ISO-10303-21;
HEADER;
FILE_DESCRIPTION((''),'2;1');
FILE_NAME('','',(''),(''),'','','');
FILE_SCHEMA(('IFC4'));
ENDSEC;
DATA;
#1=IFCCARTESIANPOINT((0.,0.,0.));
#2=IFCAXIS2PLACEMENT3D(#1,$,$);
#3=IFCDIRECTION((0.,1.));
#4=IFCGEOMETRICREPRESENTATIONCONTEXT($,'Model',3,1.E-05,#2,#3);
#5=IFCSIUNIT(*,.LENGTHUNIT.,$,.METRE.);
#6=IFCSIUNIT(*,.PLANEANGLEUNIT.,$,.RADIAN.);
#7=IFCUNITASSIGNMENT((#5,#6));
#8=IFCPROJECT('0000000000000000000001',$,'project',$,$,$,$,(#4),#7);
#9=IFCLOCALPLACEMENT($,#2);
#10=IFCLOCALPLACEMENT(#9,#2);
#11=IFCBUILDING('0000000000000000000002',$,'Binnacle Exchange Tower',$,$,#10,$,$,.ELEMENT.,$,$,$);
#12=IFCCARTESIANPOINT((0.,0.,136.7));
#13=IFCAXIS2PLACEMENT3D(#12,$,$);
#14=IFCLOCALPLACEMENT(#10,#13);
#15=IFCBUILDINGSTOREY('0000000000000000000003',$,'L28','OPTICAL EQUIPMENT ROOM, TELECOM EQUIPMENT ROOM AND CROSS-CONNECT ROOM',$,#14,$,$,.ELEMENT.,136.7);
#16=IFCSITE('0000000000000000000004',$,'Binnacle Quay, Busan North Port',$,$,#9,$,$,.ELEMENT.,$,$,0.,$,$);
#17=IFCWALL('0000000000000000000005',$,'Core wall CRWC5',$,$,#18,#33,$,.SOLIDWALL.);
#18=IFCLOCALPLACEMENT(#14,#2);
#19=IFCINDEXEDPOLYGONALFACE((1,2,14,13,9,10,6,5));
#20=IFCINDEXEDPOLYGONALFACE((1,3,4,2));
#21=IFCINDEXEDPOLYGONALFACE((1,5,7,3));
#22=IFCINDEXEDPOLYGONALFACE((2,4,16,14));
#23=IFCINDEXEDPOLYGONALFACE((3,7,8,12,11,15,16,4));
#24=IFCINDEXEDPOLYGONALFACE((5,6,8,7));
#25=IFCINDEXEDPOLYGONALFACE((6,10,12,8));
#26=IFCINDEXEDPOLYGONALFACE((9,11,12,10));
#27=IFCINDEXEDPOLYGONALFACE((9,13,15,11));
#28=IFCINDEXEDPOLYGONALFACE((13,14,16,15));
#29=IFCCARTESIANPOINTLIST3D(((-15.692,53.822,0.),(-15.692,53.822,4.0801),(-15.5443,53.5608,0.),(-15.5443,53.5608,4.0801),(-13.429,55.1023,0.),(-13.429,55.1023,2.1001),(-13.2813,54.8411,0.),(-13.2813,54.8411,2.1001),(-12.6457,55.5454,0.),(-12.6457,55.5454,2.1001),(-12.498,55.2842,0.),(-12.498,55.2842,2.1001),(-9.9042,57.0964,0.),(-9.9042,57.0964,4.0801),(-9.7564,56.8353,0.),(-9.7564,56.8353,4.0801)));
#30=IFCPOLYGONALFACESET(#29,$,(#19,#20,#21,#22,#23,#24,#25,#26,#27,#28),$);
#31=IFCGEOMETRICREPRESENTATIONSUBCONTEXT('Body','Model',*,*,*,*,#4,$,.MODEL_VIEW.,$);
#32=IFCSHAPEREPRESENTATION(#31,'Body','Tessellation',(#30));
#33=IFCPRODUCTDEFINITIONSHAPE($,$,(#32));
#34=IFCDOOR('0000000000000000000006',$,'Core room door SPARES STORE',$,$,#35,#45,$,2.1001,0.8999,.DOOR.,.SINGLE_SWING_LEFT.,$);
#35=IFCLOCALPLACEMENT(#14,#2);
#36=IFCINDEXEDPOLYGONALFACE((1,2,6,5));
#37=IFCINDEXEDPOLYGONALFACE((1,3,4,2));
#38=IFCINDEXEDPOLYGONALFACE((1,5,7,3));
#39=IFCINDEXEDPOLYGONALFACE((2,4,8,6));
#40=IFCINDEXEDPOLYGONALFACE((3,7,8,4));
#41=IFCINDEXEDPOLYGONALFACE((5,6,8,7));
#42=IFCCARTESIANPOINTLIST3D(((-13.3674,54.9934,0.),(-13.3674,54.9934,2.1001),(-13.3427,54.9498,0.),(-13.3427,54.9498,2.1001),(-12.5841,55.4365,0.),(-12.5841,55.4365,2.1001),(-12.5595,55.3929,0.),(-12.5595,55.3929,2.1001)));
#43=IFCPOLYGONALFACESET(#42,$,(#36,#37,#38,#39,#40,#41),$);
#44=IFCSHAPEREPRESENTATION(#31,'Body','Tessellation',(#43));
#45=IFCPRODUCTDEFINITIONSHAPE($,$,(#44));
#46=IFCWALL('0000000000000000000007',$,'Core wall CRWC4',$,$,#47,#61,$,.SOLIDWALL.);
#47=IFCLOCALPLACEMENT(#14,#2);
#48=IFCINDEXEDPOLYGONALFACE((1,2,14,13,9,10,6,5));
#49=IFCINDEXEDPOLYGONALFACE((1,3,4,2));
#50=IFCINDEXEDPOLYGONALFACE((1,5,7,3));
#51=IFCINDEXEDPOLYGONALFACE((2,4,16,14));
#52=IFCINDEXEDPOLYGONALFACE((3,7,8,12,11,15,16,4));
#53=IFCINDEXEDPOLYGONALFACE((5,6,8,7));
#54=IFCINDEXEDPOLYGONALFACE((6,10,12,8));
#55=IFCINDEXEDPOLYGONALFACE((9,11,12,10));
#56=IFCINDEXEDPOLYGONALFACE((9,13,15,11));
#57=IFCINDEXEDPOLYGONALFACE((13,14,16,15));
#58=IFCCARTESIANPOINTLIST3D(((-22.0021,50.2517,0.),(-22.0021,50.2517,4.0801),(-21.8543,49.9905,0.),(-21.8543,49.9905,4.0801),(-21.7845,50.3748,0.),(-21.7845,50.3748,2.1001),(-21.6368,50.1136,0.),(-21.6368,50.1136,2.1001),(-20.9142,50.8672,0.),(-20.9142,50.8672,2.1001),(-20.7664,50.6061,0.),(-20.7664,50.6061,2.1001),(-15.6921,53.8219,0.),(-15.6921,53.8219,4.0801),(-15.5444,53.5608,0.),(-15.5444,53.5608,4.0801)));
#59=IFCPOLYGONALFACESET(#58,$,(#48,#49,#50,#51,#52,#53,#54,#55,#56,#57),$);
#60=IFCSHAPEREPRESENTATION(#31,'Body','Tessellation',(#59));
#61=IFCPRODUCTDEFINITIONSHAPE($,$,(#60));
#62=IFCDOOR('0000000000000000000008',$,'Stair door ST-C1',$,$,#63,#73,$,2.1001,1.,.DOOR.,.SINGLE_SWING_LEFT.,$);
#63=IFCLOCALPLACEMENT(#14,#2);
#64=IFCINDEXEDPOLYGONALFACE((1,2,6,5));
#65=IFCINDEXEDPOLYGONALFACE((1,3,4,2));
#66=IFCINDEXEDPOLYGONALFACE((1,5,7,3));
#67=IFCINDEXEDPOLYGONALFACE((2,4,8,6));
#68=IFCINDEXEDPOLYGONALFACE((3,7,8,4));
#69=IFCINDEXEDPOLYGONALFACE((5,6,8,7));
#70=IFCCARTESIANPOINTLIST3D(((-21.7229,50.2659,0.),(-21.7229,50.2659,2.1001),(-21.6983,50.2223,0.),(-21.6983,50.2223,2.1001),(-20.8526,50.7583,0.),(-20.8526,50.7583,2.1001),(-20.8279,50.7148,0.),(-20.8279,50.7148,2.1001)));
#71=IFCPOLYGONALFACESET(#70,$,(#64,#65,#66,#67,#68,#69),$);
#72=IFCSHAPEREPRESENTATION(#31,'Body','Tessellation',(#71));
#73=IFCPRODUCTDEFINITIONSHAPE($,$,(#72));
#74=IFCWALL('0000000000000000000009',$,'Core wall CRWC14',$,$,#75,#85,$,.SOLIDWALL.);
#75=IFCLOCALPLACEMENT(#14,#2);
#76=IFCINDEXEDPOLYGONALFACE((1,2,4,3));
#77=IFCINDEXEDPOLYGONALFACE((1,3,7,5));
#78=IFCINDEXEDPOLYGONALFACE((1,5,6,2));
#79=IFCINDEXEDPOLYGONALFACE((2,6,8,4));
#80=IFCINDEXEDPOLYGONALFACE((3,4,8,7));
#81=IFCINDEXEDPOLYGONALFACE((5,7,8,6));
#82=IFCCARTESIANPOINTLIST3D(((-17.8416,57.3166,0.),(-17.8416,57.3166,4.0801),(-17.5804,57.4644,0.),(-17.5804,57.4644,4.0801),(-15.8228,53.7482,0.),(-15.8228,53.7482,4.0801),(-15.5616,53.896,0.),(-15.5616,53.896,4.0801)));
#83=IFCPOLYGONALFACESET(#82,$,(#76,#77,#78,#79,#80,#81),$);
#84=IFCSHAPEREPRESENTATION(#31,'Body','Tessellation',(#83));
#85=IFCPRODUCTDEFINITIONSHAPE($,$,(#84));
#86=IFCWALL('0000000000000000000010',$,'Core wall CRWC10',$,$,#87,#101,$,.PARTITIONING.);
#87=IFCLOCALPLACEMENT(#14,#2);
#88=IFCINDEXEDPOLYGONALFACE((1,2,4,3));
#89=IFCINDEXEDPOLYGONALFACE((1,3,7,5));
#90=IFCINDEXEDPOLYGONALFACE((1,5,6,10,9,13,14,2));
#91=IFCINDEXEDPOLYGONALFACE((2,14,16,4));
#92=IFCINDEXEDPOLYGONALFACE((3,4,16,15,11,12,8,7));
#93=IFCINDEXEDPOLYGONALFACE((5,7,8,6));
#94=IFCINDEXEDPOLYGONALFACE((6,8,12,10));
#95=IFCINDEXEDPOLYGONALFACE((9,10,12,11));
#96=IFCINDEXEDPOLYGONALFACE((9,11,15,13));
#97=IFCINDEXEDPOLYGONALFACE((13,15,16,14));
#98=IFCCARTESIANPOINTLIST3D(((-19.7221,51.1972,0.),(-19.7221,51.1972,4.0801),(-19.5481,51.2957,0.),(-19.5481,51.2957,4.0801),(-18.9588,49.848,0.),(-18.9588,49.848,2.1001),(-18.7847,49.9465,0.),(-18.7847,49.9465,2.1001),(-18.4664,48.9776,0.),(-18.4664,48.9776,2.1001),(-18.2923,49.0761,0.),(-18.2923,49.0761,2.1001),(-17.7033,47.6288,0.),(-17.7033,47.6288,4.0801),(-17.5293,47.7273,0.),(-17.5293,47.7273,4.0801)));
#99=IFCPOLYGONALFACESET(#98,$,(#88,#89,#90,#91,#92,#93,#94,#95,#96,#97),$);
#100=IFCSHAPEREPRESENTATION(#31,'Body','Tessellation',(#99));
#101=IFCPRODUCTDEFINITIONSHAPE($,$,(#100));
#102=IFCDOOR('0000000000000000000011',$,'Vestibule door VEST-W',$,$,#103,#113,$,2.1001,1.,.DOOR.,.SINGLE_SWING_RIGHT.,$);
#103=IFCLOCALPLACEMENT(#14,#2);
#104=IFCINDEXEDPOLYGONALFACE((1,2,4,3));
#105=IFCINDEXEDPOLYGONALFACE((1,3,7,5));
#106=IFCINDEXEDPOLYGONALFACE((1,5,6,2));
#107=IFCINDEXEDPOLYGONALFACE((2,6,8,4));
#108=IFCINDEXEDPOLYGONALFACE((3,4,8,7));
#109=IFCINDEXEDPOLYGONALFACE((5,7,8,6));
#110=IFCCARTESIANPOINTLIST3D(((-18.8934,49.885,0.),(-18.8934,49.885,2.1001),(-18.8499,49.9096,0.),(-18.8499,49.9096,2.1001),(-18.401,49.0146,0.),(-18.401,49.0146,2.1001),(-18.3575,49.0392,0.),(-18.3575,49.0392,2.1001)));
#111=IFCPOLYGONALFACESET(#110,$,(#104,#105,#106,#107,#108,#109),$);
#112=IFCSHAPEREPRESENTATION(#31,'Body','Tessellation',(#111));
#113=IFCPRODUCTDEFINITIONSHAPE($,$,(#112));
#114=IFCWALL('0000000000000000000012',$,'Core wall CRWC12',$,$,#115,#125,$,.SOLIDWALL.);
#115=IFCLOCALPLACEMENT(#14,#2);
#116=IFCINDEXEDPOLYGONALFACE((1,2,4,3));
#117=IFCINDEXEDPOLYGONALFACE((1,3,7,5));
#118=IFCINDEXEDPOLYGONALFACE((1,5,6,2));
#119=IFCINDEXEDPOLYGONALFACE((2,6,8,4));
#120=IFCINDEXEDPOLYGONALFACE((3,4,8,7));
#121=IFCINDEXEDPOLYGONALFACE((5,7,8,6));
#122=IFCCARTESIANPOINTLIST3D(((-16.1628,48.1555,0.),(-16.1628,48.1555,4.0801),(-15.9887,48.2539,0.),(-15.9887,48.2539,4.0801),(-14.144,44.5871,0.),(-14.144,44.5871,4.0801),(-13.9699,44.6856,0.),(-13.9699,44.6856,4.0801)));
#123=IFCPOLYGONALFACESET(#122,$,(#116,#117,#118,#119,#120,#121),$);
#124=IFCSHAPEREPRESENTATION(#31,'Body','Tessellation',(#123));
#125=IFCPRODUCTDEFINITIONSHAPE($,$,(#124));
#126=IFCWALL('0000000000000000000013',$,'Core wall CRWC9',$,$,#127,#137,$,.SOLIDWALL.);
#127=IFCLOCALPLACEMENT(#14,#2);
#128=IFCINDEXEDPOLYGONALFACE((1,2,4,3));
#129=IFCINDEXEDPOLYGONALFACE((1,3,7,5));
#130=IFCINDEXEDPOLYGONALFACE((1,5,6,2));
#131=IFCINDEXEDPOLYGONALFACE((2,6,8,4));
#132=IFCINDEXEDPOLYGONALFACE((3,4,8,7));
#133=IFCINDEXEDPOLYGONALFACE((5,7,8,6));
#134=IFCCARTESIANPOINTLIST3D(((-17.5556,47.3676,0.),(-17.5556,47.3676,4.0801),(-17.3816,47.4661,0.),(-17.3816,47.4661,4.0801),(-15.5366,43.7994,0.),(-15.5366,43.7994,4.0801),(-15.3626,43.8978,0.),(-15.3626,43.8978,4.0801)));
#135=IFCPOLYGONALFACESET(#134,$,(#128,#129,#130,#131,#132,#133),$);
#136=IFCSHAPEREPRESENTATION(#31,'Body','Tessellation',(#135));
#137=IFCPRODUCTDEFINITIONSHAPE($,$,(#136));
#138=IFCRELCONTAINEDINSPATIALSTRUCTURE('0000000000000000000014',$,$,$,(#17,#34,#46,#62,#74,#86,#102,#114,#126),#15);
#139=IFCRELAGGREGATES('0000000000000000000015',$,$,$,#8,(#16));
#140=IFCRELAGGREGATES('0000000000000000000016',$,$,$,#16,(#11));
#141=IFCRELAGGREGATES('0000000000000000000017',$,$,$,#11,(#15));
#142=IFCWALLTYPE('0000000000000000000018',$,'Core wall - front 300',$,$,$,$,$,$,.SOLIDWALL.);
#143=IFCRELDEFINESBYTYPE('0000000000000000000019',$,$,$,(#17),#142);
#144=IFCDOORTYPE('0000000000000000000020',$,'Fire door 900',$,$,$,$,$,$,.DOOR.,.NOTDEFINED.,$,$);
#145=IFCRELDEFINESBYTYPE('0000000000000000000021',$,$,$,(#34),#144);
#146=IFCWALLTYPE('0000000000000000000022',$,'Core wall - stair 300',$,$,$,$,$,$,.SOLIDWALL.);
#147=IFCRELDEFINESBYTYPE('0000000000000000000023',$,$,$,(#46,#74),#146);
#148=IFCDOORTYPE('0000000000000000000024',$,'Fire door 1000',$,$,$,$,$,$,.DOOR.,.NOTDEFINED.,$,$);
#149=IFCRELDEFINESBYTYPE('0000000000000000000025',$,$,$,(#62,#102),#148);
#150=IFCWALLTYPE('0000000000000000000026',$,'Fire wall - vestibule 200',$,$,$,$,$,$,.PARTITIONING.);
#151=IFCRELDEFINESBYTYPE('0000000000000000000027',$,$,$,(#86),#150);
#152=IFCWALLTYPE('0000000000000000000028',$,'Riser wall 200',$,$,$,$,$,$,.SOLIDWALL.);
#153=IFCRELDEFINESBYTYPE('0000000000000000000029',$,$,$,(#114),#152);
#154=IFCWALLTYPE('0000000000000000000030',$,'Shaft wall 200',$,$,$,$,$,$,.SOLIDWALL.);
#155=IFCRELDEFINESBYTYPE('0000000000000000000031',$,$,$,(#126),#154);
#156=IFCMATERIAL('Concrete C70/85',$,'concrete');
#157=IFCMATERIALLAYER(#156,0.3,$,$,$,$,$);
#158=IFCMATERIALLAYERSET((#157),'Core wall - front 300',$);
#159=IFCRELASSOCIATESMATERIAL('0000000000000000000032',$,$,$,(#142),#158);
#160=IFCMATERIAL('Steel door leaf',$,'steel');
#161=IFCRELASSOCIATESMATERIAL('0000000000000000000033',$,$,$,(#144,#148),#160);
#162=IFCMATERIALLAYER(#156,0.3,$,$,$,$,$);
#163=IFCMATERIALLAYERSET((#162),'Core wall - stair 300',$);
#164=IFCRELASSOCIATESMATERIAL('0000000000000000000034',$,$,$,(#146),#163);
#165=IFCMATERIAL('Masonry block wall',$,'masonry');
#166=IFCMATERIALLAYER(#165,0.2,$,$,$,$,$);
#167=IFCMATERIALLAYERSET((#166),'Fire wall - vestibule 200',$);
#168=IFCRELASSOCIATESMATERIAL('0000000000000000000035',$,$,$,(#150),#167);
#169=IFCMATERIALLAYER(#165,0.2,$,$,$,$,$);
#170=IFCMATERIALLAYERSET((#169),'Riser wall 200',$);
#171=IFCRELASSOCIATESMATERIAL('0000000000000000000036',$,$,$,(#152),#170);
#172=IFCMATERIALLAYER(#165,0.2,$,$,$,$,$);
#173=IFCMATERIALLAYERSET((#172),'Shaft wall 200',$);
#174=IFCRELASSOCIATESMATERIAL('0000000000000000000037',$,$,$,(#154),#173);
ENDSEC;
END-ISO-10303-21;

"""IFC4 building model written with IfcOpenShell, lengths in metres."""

from ifc_helpers import new_model, si_unit, direction, frame, frame_2d, origin, place, context, subcontext, project, spatial, rectangle, extrude, material, layer, layer_set, type_object, element, fill, save


model = new_model("IFC4")

# Units and contexts
model_context = context("Model", 3, precision=1e-05, world=origin(), true_north=direction((0.0, 1.0)))
body_context = subcontext(model_context, "Body", "Model", "MODEL_VIEW")
ifc_project = project(units=[si_unit("LENGTHUNIT", "METRE"), si_unit("PLANEANGLEUNIT", "RADIAN")], contexts=[model_context])

# Site, building, storey
site_placement = place(None, origin())
site = spatial("IfcSite", under=ifc_project, at=site_placement, Name="Binnacle Quay, Busan North Port", CompositionType="ELEMENT", RefElevation=0.0)
building_placement = place(site_placement, origin())
building = spatial("IfcBuilding", under=site, at=building_placement, Name="Binnacle Exchange Tower", CompositionType="ELEMENT")
storey_placement = place(building_placement, frame((0.0, 0.0, 136.7)))
storey = spatial("IfcBuildingStorey", under=building, at=storey_placement, Name="L28", Description="OPTICAL EQUIPMENT ROOM, TELECOM EQUIPMENT ROOM AND CROSS-CONNECT ROOM", CompositionType="ELEMENT", Elevation=136.7)

# Shared definitions
ifc_material_1 = material(Name="Concrete C70/85", Category="concrete")

# Shared definitions
ifc_layer_1 = layer(ifc_material_1, 0.3)
ifc_layer_set_1 = layer_set([ifc_layer_1], Name="Core wall - front 300")
wall_type_1 = type_object("IfcWallType", Name="Core wall - front 300", PredefinedType="SOLIDWALL", material=ifc_layer_set_1)
ifc_material_2 = material(Name="Steel door leaf", Category="steel")
door_type_1 = type_object("IfcDoorType", Name="Fire door 900", OperationType="NOTDEFINED", PredefinedType="DOOR", material=ifc_material_2)

# Walls, openings, doors
wall_1_placement = place(storey_placement, frame((-15.6182, 53.6914, 0.0), z_axis=(0.0, 0.0, 1.0), x_axis=(0.870368, 0.492402, 0.0)))
wall_1 = element("IfcWall", 1, at=wall_1_placement, inside=storey, type_object=wall_type_1, Name="Core wall CRWC5", PredefinedType="SOLIDWALL", context=body_context, shape_type="SweptSolid", body=[
    extrude(rectangle(XDim=6.6499, YDim=0.3, at=frame_2d((3.325, 0.0))), origin(), (0.0, 0.0, 1.0), 4.0801),
])
opening_1_placement = place(wall_1_placement, frame((2.6001, 0.0, 0.0)))
opening_1 = element("IfcOpeningElement", 2, at=opening_1_placement, cuts=wall_1, PredefinedType="OPENING", context=body_context, shape_type="SweptSolid", body=[
    extrude(rectangle(XDim=0.8999, YDim=2.1001, at=frame_2d((0.45, 1.05))), frame((0.0, 0.1599, 0.0), z_axis=(0.0, -1.0, 0.0), x_axis=(1.0, 0.0, 0.0)), (0.0, 0.0, 1.0), 0.3201),
])
door_1_placement = place(opening_1_placement, origin())
door_1 = element("IfcDoor", 3, at=door_1_placement, inside=storey, type_object=door_type_1, Name="Core room door SPARES STORE", OperationType="SINGLE_SWING_LEFT", OverallHeight=2.1001, OverallWidth=0.8999, PredefinedType="DOOR", context=body_context, shape_type="SweptSolid", body=[
    extrude(rectangle(XDim=0.8999, YDim=2.1001, at=frame_2d((0.45, 1.05))), frame((0.0, 0.0249, 0.0), z_axis=(0.0, -1.0, 0.0), x_axis=(1.0, 0.0, 0.0)), (0.0, 0.0, 1.0), 0.05),
])
fill(opening_1, door_1)
ifc_layer_2 = layer(ifc_material_1, 0.3)
ifc_layer_set_2 = layer_set([ifc_layer_2], Name="Core wall - stair 300")
wall_type_2 = type_object("IfcWallType", Name="Core wall - stair 300", PredefinedType="SOLIDWALL", material=ifc_layer_set_2)
wall_2_placement = place(storey_placement, frame((-21.9282, 50.1211, 0.0), z_axis=(0.0, 0.0, 1.0), x_axis=(0.870341, 0.49245, 0.0)))
wall_2 = element("IfcWall", 4, at=wall_2_placement, inside=storey, type_object=wall_type_2, Name="Core wall CRWC4", PredefinedType="SOLIDWALL", context=body_context, shape_type="SweptSolid", body=[
    extrude(rectangle(XDim=7.25, YDim=0.3, at=frame_2d((3.625, 0.0))), origin(), (0.0, 0.0, 1.0), 4.0801),
])
opening_2_placement = place(wall_2_placement, frame((0.25, 0.0, 0.0)))
opening_2 = element("IfcOpeningElement", 5, at=opening_2_placement, cuts=wall_2, PredefinedType="OPENING", context=body_context, shape_type="SweptSolid", body=[
    extrude(rectangle(XDim=1.0, YDim=2.1001, at=frame_2d((0.5, 1.05))), frame((0.0, 0.1599, 0.0), z_axis=(0.0, -1.0, 0.0), x_axis=(1.0, 0.0, 0.0)), (0.0, 0.0, 1.0), 0.3201),
])
door_type_2 = type_object("IfcDoorType", Name="Fire door 1000", OperationType="NOTDEFINED", PredefinedType="DOOR", material=ifc_material_2)
door_2_placement = place(opening_2_placement, origin())
door_2 = element("IfcDoor", 6, at=door_2_placement, inside=storey, type_object=door_type_2, Name="Stair door ST-C1", OperationType="SINGLE_SWING_LEFT", OverallHeight=2.1001, OverallWidth=1.0, PredefinedType="DOOR", context=body_context, shape_type="SweptSolid", body=[
    extrude(rectangle(XDim=1.0, YDim=2.1001, at=frame_2d((0.5, 1.05))), frame((0.0, 0.0249, 0.0), z_axis=(0.0, -1.0, 0.0), x_axis=(1.0, 0.0, 0.0)), (0.0, 0.0, 1.0), 0.05),
])
fill(opening_2, door_2)

# Wall
wall_3_placement = place(storey_placement, frame((-17.7109, 57.3904, 0.0), z_axis=(0.0, 0.0, 1.0), x_axis=(0.492408, -0.870364, 0.0)))
element("IfcWall", 7, at=wall_3_placement, inside=storey, type_object=wall_type_2, Name="Core wall CRWC14", PredefinedType="SOLIDWALL", context=body_context, shape_type="SweptSolid", body=[
    extrude(rectangle(XDim=4.0999, YDim=0.3, at=frame_2d((2.0498, 0.0))), origin(), (0.0, 0.0, 1.0), 4.0801),
])

# Wall, opening, door
ifc_material_3 = material(Name="Masonry block wall", Category="masonry")
ifc_layer_3 = layer(ifc_material_3, 0.2)
ifc_layer_set_3 = layer_set([ifc_layer_3], Name="Fire wall - vestibule 200")
wall_type_3 = type_object("IfcWallType", Name="Fire wall - vestibule 200", PredefinedType="PARTITIONING", material=ifc_layer_set_3)
wall_4_placement = place(storey_placement, frame((-19.635, 51.2463, 0.0), z_axis=(0.0, 0.0, 1.0), x_axis=(0.492408, -0.870364, 0.0)))
wall_4 = element("IfcWall", 8, at=wall_4_placement, inside=storey, type_object=wall_type_3, Name="Core wall CRWC10", PredefinedType="PARTITIONING", context=body_context, shape_type="SweptSolid", body=[
    extrude(rectangle(XDim=4.0999, YDim=0.2, at=frame_2d((2.0498, 0.0))), origin(), (0.0, 0.0, 1.0), 4.0801),
])
opening_3_placement = place(wall_4_placement, frame((1.55, 0.0, 0.0)))
opening_3 = element("IfcOpeningElement", 9, at=opening_3_placement, cuts=wall_4, PredefinedType="OPENING", context=body_context, shape_type="SweptSolid", body=[
    extrude(rectangle(XDim=1.0, YDim=2.1001, at=frame_2d((0.5, 1.05))), frame((0.0, 0.1099, 0.0), z_axis=(0.0, -1.0, 0.0), x_axis=(1.0, 0.0, 0.0)), (0.0, 0.0, 1.0), 0.22),
])
door_3_placement = place(opening_3_placement, frame((1.0, 0.0, 0.0), z_axis=(0.0, 0.0, 1.0), x_axis=(-1.0, 0.0, 0.0)))
door_3 = element("IfcDoor", 10, at=door_3_placement, inside=storey, type_object=door_type_2, Name="Vestibule door VEST-W", OperationType="SINGLE_SWING_RIGHT", OverallHeight=2.1001, OverallWidth=1.0, PredefinedType="DOOR", context=body_context, shape_type="SweptSolid", body=[
    extrude(rectangle(XDim=1.0, YDim=2.1001, at=frame_2d((0.5, 1.05))), frame((0.0, 0.0249, 0.0), z_axis=(0.0, -1.0, 0.0), x_axis=(1.0, 0.0, 0.0)), (0.0, 0.0, 1.0), 0.05),
])
fill(opening_3, door_3)

# Walls
ifc_layer_4 = layer(ifc_material_3, 0.2)
ifc_layer_set_4 = layer_set([ifc_layer_4], Name="Riser wall 200")
wall_type_4 = type_object("IfcWallType", Name="Riser wall 200", PredefinedType="SOLIDWALL", material=ifc_layer_set_4)
wall_5_placement = place(storey_placement, frame((-16.0757, 48.2046, 0.0), z_axis=(0.0, 0.0, 1.0), x_axis=(0.492408, -0.870364, 0.0)))
element("IfcWall", 11, at=wall_5_placement, inside=storey, type_object=wall_type_4, Name="Core wall CRWC12", PredefinedType="SOLIDWALL", context=body_context, shape_type="SweptSolid", body=[
    extrude(rectangle(XDim=4.0999, YDim=0.2, at=frame_2d((2.0498, 0.0))), origin(), (0.0, 0.0, 1.0), 4.0801),
])
ifc_layer_5 = layer(ifc_material_3, 0.2)
ifc_layer_set_5 = layer_set([ifc_layer_5], Name="Shaft wall 200")
wall_type_5 = type_object("IfcWallType", Name="Shaft wall 200", PredefinedType="SOLIDWALL", material=ifc_layer_set_5)
wall_6_placement = place(storey_placement, frame((-17.4685, 47.4167, 0.0), z_axis=(0.0, 0.0, 1.0), x_axis=(0.492454, -0.870339, 0.0)))
element("IfcWall", 12, at=wall_6_placement, inside=storey, type_object=wall_type_5, Name="Core wall CRWC9", PredefinedType="SOLIDWALL", context=body_context, shape_type="SweptSolid", body=[
    extrude(rectangle(XDim=4.0999, YDim=0.2, at=frame_2d((2.0498, 0.0))), origin(), (0.0, 0.0, 1.0), 4.0801),
])

save(model, "model.ifc")
